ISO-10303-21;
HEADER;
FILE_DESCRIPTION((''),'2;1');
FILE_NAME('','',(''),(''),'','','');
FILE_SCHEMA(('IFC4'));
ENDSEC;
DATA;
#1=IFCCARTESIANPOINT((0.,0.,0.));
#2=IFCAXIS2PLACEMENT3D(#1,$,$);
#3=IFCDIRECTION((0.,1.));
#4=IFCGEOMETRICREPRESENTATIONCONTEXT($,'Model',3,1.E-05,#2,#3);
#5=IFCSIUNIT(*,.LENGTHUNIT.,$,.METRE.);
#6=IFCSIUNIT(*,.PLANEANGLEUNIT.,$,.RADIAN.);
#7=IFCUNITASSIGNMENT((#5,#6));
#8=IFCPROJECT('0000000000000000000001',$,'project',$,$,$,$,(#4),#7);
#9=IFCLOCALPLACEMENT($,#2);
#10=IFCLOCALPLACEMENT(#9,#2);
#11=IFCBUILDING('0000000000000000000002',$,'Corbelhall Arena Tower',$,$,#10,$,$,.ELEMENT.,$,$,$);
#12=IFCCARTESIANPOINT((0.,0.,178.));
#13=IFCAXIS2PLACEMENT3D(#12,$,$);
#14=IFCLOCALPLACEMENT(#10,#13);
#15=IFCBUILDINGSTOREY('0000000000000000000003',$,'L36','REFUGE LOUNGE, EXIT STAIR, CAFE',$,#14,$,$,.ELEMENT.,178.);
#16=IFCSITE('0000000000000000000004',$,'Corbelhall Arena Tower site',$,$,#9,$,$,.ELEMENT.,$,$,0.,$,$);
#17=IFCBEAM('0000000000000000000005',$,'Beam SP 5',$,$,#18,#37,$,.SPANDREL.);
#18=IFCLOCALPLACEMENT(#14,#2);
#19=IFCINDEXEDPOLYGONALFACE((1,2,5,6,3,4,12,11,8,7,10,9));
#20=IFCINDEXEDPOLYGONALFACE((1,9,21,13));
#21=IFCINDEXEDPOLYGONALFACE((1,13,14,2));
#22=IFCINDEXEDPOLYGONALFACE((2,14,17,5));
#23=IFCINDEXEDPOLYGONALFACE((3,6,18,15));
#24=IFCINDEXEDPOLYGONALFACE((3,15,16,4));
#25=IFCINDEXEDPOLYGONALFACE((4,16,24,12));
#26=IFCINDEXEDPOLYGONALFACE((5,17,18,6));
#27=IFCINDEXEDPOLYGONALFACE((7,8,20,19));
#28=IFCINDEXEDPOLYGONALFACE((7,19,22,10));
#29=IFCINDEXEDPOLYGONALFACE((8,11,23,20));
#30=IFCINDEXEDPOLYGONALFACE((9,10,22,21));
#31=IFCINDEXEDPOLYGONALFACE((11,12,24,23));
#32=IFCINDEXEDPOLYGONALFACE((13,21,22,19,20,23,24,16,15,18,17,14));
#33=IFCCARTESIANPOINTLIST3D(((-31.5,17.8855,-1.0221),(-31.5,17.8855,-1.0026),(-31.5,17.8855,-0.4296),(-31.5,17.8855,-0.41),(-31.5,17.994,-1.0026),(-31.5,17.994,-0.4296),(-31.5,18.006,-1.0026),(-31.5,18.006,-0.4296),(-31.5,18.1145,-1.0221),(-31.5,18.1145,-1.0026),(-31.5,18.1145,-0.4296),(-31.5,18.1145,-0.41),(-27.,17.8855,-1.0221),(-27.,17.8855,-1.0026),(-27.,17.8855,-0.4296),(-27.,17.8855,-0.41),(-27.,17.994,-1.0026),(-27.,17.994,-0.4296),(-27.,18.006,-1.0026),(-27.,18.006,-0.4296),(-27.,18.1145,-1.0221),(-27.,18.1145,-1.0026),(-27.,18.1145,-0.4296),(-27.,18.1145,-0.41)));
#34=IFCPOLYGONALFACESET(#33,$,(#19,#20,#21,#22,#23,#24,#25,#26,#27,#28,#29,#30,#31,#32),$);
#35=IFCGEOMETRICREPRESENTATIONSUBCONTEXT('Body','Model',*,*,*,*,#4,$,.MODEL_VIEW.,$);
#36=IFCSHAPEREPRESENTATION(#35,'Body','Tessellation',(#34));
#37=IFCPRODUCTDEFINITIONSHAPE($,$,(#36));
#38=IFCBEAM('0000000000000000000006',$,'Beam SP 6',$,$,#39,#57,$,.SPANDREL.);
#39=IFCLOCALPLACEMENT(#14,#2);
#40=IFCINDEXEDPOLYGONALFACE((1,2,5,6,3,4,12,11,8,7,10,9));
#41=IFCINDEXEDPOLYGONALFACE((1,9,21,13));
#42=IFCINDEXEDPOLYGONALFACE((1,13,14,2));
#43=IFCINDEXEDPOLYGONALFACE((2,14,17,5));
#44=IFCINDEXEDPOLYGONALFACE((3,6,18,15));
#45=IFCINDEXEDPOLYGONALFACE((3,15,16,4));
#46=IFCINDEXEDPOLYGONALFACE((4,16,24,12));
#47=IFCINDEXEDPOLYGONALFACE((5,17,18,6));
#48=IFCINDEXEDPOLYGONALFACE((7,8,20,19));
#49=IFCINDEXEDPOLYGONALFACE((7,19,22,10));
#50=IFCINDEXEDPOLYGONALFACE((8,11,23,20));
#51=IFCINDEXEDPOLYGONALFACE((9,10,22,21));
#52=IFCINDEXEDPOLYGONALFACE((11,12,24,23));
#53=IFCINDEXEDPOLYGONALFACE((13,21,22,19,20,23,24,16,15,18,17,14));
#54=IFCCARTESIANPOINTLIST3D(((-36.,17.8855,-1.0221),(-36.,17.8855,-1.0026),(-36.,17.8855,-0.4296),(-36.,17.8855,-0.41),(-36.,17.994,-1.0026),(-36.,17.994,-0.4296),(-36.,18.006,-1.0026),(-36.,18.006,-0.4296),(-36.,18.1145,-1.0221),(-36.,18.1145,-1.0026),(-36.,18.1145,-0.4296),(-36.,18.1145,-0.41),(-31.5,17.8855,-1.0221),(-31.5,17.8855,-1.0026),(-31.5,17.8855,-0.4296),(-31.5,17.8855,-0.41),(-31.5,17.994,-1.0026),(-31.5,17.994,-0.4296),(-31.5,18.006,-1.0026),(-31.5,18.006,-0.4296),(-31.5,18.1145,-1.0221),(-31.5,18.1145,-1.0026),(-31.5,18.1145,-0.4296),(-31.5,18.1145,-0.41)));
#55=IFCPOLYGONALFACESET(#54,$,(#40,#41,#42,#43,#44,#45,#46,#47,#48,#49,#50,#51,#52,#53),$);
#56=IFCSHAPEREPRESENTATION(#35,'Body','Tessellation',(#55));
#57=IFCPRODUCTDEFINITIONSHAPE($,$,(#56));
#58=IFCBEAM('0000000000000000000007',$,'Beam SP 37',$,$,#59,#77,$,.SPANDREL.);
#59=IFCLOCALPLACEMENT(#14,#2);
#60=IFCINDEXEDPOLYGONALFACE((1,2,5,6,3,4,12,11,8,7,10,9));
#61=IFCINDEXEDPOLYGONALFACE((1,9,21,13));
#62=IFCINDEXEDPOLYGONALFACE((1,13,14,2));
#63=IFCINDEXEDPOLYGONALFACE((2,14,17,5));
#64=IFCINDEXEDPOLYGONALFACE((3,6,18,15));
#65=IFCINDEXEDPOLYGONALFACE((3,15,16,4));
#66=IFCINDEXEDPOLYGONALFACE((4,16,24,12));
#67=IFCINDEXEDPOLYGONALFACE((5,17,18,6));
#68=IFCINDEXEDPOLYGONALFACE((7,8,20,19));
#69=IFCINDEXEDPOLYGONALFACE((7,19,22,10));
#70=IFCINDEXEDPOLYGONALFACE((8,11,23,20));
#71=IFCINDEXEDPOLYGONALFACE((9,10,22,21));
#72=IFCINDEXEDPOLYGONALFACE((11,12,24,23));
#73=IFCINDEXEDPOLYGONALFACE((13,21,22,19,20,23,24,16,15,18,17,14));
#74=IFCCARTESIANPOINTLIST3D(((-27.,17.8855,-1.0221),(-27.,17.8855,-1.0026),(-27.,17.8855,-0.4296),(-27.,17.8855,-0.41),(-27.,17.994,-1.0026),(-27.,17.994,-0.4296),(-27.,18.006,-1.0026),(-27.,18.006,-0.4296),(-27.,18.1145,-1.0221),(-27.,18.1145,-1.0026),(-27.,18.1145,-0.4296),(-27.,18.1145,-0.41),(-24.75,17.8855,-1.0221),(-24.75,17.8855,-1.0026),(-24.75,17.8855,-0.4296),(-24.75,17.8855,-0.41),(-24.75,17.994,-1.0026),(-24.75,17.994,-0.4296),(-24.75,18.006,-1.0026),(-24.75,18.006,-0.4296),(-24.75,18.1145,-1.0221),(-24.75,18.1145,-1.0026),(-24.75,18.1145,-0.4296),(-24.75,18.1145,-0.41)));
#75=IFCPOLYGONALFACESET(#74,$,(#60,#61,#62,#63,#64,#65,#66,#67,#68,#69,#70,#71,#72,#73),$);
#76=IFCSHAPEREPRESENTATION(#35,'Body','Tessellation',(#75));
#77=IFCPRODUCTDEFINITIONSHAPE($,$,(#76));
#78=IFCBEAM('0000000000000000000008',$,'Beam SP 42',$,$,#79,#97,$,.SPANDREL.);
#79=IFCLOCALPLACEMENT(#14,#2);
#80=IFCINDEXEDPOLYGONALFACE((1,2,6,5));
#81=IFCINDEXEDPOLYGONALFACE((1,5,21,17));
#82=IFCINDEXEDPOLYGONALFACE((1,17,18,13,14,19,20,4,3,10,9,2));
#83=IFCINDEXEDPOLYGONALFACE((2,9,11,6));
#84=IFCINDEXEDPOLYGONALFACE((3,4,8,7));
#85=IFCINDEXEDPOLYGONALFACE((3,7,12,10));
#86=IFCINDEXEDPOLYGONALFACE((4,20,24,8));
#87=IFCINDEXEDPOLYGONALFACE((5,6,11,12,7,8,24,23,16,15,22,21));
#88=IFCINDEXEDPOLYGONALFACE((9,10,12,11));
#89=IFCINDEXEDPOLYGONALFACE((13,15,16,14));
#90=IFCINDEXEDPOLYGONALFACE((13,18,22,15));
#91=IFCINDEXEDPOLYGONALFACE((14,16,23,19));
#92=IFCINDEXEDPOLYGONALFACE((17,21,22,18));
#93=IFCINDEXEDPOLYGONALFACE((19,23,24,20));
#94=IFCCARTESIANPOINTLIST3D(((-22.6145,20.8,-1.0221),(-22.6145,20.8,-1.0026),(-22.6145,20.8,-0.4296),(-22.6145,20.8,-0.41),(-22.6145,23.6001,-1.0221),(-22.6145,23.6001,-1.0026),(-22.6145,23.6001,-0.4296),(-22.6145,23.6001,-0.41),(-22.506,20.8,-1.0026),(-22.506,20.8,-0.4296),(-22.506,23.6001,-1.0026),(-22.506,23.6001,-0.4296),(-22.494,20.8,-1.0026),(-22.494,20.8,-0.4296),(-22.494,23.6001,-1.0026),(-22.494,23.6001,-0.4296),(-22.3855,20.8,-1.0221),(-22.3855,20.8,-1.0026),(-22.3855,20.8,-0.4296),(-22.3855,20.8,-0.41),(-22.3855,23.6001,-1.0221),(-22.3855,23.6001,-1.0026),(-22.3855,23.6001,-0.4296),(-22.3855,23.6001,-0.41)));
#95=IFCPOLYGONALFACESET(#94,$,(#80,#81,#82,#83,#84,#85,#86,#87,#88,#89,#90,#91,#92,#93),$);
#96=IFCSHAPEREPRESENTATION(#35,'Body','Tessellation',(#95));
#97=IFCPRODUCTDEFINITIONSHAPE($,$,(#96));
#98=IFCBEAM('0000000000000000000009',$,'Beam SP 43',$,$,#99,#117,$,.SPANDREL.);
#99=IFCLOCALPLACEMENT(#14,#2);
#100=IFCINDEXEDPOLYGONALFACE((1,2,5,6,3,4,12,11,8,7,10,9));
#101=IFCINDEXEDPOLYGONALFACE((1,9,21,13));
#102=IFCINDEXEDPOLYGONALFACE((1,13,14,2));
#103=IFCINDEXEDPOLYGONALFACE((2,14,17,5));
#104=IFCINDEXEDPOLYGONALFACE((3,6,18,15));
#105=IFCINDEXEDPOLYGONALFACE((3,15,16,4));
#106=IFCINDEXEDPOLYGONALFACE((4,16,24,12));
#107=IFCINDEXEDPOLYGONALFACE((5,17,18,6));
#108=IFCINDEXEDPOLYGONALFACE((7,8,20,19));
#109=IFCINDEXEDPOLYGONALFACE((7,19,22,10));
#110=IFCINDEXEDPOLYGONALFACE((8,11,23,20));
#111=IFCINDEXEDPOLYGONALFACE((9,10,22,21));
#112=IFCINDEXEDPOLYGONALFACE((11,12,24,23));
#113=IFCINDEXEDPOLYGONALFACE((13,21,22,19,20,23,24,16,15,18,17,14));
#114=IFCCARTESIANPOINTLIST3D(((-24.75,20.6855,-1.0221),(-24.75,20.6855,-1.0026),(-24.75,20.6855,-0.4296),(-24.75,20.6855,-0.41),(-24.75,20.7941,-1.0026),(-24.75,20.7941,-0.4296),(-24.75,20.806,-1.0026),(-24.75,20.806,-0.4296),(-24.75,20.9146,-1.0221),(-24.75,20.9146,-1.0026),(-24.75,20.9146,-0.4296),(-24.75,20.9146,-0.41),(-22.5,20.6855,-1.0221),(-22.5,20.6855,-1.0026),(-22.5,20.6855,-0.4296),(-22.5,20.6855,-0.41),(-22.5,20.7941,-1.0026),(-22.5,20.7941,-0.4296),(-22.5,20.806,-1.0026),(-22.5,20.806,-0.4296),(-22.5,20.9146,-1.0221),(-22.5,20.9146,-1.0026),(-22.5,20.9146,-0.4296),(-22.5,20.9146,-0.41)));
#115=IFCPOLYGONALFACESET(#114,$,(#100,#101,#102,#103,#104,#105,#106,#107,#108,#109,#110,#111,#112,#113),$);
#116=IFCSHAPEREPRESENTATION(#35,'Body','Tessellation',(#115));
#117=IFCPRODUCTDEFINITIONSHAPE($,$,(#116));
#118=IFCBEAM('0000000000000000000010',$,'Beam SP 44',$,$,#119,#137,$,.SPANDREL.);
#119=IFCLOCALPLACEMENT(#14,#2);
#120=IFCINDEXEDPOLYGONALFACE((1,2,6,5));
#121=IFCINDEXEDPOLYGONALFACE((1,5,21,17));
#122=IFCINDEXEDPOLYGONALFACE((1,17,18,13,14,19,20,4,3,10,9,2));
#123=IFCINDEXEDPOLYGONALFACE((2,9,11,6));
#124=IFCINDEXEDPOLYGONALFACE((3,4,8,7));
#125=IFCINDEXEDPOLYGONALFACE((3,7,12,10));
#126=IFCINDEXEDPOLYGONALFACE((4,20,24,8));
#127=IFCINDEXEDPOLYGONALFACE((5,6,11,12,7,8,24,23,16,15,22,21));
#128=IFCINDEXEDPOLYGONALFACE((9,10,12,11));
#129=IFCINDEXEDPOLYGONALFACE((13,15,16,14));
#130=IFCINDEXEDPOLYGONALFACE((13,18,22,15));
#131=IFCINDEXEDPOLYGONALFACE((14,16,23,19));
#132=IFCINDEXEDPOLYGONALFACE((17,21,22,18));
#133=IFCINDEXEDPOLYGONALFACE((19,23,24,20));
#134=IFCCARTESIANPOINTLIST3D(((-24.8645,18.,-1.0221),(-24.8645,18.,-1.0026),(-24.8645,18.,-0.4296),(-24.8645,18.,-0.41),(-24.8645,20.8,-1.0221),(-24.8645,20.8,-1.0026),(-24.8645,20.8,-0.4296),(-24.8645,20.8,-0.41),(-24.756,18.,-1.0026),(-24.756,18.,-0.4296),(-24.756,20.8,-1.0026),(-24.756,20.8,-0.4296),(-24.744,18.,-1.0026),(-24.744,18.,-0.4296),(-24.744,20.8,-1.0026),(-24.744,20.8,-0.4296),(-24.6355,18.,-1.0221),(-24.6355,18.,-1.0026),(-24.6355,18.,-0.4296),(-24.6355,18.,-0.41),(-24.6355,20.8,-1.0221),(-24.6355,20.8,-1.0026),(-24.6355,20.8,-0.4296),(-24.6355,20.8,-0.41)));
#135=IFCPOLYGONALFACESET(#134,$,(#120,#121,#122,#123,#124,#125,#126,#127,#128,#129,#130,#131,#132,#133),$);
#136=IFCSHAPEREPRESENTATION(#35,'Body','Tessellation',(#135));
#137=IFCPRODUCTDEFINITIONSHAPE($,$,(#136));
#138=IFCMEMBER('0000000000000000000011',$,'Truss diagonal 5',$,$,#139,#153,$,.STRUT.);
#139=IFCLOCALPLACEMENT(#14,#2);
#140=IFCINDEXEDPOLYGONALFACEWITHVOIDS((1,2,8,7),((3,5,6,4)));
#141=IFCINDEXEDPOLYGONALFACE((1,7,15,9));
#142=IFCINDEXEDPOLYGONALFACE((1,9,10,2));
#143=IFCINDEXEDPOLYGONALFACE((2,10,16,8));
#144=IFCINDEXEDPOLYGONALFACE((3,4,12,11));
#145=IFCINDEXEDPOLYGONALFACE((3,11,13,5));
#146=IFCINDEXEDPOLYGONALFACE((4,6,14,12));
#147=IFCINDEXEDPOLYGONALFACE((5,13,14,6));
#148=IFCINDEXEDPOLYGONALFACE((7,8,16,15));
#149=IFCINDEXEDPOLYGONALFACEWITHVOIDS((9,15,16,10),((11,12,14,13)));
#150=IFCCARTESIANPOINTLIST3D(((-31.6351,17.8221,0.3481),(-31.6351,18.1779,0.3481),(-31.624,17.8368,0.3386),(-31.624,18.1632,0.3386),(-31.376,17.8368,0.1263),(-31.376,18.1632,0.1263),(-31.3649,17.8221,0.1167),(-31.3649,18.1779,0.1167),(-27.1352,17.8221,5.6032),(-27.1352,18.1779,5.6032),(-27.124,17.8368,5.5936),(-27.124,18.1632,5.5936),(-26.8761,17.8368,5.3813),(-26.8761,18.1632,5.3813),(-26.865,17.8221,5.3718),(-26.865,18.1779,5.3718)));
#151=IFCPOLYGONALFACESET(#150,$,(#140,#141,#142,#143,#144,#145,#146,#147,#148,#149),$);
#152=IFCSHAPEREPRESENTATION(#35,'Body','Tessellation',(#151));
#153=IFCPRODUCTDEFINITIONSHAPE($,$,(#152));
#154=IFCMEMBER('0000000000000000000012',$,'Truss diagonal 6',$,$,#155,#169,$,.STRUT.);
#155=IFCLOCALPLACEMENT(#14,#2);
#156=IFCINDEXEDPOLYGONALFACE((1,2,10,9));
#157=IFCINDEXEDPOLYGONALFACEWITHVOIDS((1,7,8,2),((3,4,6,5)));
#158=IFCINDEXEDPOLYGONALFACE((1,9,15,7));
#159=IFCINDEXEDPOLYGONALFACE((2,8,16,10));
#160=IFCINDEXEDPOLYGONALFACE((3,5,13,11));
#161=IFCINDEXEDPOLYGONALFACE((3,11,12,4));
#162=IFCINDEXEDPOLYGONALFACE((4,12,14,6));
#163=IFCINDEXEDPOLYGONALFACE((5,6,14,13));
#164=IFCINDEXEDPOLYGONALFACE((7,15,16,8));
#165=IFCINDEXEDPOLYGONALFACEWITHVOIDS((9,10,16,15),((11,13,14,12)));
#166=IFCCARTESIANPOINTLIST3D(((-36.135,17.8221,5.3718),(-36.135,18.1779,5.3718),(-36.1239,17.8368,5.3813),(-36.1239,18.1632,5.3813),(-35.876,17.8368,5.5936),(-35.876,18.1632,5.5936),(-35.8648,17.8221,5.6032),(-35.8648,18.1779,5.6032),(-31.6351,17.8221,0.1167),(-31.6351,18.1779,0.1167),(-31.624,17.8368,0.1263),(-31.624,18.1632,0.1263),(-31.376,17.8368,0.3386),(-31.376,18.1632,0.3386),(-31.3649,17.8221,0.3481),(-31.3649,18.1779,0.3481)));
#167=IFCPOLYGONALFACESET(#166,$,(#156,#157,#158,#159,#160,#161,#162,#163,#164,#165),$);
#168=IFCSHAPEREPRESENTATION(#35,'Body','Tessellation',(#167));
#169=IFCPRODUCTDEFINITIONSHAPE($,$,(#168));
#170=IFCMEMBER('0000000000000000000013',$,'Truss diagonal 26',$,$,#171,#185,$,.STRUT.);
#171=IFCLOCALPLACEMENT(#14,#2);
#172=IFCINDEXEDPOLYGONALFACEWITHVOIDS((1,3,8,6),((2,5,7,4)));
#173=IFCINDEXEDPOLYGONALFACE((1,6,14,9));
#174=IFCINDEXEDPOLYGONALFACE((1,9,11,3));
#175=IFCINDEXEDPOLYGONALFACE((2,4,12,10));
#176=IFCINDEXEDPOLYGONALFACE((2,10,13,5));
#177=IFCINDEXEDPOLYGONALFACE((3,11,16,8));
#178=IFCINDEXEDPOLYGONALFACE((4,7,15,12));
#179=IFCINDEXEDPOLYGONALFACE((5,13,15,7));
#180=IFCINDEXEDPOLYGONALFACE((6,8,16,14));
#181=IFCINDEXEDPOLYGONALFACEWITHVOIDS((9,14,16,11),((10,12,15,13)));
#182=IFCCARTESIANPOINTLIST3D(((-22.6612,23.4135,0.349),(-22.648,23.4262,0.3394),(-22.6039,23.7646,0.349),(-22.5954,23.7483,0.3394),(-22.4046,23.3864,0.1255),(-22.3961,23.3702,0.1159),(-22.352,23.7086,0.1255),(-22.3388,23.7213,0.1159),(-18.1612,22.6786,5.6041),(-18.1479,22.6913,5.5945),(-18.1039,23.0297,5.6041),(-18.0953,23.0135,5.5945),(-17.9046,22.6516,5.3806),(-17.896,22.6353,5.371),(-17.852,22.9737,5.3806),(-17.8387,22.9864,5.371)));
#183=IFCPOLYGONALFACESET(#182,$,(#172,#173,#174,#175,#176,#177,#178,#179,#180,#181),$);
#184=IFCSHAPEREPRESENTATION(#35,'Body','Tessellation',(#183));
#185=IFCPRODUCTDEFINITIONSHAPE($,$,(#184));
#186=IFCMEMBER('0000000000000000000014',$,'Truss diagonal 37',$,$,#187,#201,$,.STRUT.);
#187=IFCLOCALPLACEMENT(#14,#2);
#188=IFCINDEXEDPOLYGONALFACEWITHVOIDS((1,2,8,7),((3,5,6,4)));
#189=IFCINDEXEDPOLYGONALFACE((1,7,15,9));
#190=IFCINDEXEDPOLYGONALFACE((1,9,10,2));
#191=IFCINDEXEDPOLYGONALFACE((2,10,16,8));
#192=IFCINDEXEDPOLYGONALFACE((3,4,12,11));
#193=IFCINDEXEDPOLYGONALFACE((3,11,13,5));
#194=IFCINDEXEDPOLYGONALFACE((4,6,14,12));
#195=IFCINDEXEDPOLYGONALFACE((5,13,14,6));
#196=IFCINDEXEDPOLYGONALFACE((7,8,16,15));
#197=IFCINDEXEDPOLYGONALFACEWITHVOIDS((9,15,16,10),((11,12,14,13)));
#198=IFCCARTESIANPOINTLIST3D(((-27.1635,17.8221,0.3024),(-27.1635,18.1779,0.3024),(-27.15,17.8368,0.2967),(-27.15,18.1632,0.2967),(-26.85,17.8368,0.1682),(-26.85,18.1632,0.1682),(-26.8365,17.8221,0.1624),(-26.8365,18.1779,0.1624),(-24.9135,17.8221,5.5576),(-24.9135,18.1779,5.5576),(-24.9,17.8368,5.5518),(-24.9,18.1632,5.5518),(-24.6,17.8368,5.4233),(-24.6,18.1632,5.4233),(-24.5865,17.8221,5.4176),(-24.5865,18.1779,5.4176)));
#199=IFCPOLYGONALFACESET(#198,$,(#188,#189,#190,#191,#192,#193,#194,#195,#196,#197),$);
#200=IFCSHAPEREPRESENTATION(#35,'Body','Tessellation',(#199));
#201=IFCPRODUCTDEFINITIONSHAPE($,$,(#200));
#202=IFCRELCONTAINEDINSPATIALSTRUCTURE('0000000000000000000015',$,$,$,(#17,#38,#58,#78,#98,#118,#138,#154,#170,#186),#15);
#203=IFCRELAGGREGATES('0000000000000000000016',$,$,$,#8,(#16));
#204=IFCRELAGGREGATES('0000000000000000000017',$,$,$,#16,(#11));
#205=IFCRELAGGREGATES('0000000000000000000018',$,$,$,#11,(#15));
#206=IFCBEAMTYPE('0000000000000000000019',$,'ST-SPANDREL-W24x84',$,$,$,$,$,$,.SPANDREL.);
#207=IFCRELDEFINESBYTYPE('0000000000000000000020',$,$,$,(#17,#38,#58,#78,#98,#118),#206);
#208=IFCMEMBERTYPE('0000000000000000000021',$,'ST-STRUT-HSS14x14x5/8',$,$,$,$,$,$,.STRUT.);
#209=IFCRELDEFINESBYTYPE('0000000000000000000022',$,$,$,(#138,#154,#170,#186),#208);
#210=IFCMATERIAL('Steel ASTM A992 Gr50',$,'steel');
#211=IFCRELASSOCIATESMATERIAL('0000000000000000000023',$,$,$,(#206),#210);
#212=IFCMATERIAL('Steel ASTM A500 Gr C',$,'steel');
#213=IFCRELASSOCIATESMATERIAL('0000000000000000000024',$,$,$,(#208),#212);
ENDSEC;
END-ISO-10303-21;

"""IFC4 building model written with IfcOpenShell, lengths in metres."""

from ifc_helpers import new_model, si_unit, direction, frame, origin, origin_2d, place, context, subcontext, project, spatial, hollow_rectangle, i_section, extrude, material, material_profile, profile_set, type_object, element, save


model = new_model("IFC4")

# Units and contexts
model_context = context("Model", 3, precision=1e-05, world=origin(), true_north=direction((0.0, 1.0)))
body_context = subcontext(model_context, "Body", "Model", "MODEL_VIEW")
ifc_project = project(units=[si_unit("LENGTHUNIT", "METRE"), si_unit("PLANEANGLEUNIT", "RADIAN")], contexts=[model_context])

# Site, building, storey
site_placement = place(None, origin())
site = spatial("IfcSite", under=ifc_project, at=site_placement, Name="Corbelhall Arena Tower site", CompositionType="ELEMENT", RefElevation=0.0)
building_placement = place(site_placement, origin())
building = spatial("IfcBuilding", under=site, at=building_placement, Name="Corbelhall Arena Tower", CompositionType="ELEMENT")
storey_placement = place(building_placement, frame((0.0, 0.0, 178.0)))
storey = spatial("IfcBuildingStorey", under=building, at=storey_placement, Name="L36", Description="REFUGE LOUNGE, EXIT STAIR, CAFE", CompositionType="ELEMENT", Elevation=178.0)

# Beams
ifc_material_1 = material(Name="Steel ASTM A992 Gr50", Category="steel")
ifc_material_profile_1 = material_profile(ifc_material_1, i_section(OverallWidth=0.229, OverallDepth=0.6121, WebThickness=0.012, FlangeThickness=0.0195, at=origin_2d()))
ifc_profile_set_1 = profile_set([ifc_material_profile_1], Name="Steel ASTM A992 Gr50")
beam_type = type_object("IfcBeamType", Name="ST-SPANDREL-W24x84", PredefinedType="SPANDREL", material=ifc_profile_set_1)
for number, where, z_axis, x_axis, name in (
    (1, (-31.5, 18.0, -0.7161), (1.0, 0.0, 0.0), (0.0, 1.0, 0.0), "Beam SP 5"),
    (2, (-36.0, 18.0, -0.7161), (1.0, 0.0, 0.0), (0.0, 1.0, 0.0), "Beam SP 6"),
):
    element("IfcBeam", number, at=place(storey_placement, frame(where, z_axis=z_axis, x_axis=x_axis)), inside=storey, type_object=beam_type, Name=name, PredefinedType="SPANDREL", context=body_context, shape_type="SweptSolid", body=[
        extrude(i_section(OverallWidth=0.229, OverallDepth=0.6121, WebThickness=0.012, FlangeThickness=0.0195, at=origin_2d()), origin(), (0.0, 0.0, 1.0), 4.5),
    ])
beam_1_placement = place(storey_placement, frame((-27.0, 18.0, -0.7161), z_axis=(1.0, 0.0, 0.0), x_axis=(0.0, 1.0, 0.0)))
element("IfcBeam", 3, at=beam_1_placement, inside=storey, type_object=beam_type, Name="Beam SP 37", PredefinedType="SPANDREL", context=body_context, shape_type="SweptSolid", body=[
    extrude(i_section(OverallWidth=0.229, OverallDepth=0.6121, WebThickness=0.012, FlangeThickness=0.0195, at=origin_2d()), origin(), (0.0, 0.0, 1.0), 2.25),
])
beam_2_placement = place(storey_placement, frame((-22.5, 20.8, -0.7161), z_axis=(0.0, 1.0, 0.0), x_axis=(-1.0, 0.0, 0.0)))
element("IfcBeam", 4, at=beam_2_placement, inside=storey, type_object=beam_type, Name="Beam SP 42", PredefinedType="SPANDREL", context=body_context, shape_type="SweptSolid", body=[
    extrude(i_section(OverallWidth=0.229, OverallDepth=0.6121, WebThickness=0.012, FlangeThickness=0.0195, at=origin_2d()), origin(), (0.0, 0.0, 1.0), 2.8),
])
beam_3_placement = place(storey_placement, frame((-24.75, 20.8, -0.7161), z_axis=(1.0, 0.0, 0.0), x_axis=(0.0, 1.0, 0.0)))
element("IfcBeam", 5, at=beam_3_placement, inside=storey, type_object=beam_type, Name="Beam SP 43", PredefinedType="SPANDREL", context=body_context, shape_type="SweptSolid", body=[
    extrude(i_section(OverallWidth=0.229, OverallDepth=0.6121, WebThickness=0.012, FlangeThickness=0.0195, at=origin_2d()), origin(), (0.0, 0.0, 1.0), 2.25),
])
beam_4_placement = place(storey_placement, frame((-24.75, 18.0, -0.7161), z_axis=(0.0, 1.0, 0.0), x_axis=(-1.0, 0.0, 0.0)))
element("IfcBeam", 6, at=beam_4_placement, inside=storey, type_object=beam_type, Name="Beam SP 44", PredefinedType="SPANDREL", context=body_context, shape_type="SweptSolid", body=[
    extrude(i_section(OverallWidth=0.229, OverallDepth=0.6121, WebThickness=0.012, FlangeThickness=0.0195, at=origin_2d()), origin(), (0.0, 0.0, 1.0), 2.8),
])

# Members
ifc_material_2 = material(Name="Steel ASTM A500 Gr C", Category="steel")
ifc_material_profile_2 = material_profile(ifc_material_2, hollow_rectangle(XDim=0.3557, YDim=0.3557, WallThickness=0.0146, at=origin_2d()))
ifc_profile_set_2 = profile_set([ifc_material_profile_2], Name="Steel ASTM A500 Gr C")
member_type_1 = type_object("IfcMemberType", Name="ST-STRUT-HSS14x14x5/8", PredefinedType="STRUT", material=ifc_profile_set_2)
for number, where, z_axis, x_axis, name in (
    (7, (-31.5, 18.0, 0.2324), (0.650425, 0.0, 0.75957), (0.0, 1.0, 0.0), "Truss diagonal 5"),
    (8, (-31.5, 18.0, 0.2324), (-0.650425, 0.0, 0.75957), (0.0, -1.0, 0.0), "Truss diagonal 6"),
):
    element("IfcMember", number, at=place(storey_placement, frame(where, z_axis=z_axis, x_axis=x_axis)), inside=storey, type_object=member_type_1, Name=name, PredefinedType="STRUT", context=body_context, shape_type="SweptSolid", body=[
        extrude(hollow_rectangle(XDim=0.3557, YDim=0.3557, WallThickness=0.0146, at=origin_2d()), origin(), (0.0, 0.0, 1.0), 6.9185),
    ])
member_1_placement = place(storey_placement, frame((-22.5, 23.5674, 0.2324), z_axis=(0.646787, -0.105622, 0.755322), x_axis=(0.161168, 0.986927, 0.0)))
element("IfcMember", 9, at=member_1_placement, inside=storey, type_object=member_type_1, Name="Truss diagonal 26", PredefinedType="STRUT", context=body_context, shape_type="SweptSolid", body=[
    extrude(hollow_rectangle(XDim=0.3557, YDim=0.3557, WallThickness=0.0146, at=origin_2d()), origin(), (0.0, 0.0, 1.0), 6.9575),
])
member_2_placement = place(storey_placement, frame((-27.0, 18.0, 0.2324), z_axis=(0.393595, 0.0, 0.919284), x_axis=(0.0, 1.0, 0.0)))
element("IfcMember", 10, at=member_2_placement, inside=storey, type_object=member_type_1, Name="Truss diagonal 37", PredefinedType="STRUT", context=body_context, shape_type="SweptSolid", body=[
    extrude(hollow_rectangle(XDim=0.3557, YDim=0.3557, WallThickness=0.0146, at=origin_2d()), origin(), (0.0, 0.0, 1.0), 5.7166),
])

save(model, "model.ifc")
